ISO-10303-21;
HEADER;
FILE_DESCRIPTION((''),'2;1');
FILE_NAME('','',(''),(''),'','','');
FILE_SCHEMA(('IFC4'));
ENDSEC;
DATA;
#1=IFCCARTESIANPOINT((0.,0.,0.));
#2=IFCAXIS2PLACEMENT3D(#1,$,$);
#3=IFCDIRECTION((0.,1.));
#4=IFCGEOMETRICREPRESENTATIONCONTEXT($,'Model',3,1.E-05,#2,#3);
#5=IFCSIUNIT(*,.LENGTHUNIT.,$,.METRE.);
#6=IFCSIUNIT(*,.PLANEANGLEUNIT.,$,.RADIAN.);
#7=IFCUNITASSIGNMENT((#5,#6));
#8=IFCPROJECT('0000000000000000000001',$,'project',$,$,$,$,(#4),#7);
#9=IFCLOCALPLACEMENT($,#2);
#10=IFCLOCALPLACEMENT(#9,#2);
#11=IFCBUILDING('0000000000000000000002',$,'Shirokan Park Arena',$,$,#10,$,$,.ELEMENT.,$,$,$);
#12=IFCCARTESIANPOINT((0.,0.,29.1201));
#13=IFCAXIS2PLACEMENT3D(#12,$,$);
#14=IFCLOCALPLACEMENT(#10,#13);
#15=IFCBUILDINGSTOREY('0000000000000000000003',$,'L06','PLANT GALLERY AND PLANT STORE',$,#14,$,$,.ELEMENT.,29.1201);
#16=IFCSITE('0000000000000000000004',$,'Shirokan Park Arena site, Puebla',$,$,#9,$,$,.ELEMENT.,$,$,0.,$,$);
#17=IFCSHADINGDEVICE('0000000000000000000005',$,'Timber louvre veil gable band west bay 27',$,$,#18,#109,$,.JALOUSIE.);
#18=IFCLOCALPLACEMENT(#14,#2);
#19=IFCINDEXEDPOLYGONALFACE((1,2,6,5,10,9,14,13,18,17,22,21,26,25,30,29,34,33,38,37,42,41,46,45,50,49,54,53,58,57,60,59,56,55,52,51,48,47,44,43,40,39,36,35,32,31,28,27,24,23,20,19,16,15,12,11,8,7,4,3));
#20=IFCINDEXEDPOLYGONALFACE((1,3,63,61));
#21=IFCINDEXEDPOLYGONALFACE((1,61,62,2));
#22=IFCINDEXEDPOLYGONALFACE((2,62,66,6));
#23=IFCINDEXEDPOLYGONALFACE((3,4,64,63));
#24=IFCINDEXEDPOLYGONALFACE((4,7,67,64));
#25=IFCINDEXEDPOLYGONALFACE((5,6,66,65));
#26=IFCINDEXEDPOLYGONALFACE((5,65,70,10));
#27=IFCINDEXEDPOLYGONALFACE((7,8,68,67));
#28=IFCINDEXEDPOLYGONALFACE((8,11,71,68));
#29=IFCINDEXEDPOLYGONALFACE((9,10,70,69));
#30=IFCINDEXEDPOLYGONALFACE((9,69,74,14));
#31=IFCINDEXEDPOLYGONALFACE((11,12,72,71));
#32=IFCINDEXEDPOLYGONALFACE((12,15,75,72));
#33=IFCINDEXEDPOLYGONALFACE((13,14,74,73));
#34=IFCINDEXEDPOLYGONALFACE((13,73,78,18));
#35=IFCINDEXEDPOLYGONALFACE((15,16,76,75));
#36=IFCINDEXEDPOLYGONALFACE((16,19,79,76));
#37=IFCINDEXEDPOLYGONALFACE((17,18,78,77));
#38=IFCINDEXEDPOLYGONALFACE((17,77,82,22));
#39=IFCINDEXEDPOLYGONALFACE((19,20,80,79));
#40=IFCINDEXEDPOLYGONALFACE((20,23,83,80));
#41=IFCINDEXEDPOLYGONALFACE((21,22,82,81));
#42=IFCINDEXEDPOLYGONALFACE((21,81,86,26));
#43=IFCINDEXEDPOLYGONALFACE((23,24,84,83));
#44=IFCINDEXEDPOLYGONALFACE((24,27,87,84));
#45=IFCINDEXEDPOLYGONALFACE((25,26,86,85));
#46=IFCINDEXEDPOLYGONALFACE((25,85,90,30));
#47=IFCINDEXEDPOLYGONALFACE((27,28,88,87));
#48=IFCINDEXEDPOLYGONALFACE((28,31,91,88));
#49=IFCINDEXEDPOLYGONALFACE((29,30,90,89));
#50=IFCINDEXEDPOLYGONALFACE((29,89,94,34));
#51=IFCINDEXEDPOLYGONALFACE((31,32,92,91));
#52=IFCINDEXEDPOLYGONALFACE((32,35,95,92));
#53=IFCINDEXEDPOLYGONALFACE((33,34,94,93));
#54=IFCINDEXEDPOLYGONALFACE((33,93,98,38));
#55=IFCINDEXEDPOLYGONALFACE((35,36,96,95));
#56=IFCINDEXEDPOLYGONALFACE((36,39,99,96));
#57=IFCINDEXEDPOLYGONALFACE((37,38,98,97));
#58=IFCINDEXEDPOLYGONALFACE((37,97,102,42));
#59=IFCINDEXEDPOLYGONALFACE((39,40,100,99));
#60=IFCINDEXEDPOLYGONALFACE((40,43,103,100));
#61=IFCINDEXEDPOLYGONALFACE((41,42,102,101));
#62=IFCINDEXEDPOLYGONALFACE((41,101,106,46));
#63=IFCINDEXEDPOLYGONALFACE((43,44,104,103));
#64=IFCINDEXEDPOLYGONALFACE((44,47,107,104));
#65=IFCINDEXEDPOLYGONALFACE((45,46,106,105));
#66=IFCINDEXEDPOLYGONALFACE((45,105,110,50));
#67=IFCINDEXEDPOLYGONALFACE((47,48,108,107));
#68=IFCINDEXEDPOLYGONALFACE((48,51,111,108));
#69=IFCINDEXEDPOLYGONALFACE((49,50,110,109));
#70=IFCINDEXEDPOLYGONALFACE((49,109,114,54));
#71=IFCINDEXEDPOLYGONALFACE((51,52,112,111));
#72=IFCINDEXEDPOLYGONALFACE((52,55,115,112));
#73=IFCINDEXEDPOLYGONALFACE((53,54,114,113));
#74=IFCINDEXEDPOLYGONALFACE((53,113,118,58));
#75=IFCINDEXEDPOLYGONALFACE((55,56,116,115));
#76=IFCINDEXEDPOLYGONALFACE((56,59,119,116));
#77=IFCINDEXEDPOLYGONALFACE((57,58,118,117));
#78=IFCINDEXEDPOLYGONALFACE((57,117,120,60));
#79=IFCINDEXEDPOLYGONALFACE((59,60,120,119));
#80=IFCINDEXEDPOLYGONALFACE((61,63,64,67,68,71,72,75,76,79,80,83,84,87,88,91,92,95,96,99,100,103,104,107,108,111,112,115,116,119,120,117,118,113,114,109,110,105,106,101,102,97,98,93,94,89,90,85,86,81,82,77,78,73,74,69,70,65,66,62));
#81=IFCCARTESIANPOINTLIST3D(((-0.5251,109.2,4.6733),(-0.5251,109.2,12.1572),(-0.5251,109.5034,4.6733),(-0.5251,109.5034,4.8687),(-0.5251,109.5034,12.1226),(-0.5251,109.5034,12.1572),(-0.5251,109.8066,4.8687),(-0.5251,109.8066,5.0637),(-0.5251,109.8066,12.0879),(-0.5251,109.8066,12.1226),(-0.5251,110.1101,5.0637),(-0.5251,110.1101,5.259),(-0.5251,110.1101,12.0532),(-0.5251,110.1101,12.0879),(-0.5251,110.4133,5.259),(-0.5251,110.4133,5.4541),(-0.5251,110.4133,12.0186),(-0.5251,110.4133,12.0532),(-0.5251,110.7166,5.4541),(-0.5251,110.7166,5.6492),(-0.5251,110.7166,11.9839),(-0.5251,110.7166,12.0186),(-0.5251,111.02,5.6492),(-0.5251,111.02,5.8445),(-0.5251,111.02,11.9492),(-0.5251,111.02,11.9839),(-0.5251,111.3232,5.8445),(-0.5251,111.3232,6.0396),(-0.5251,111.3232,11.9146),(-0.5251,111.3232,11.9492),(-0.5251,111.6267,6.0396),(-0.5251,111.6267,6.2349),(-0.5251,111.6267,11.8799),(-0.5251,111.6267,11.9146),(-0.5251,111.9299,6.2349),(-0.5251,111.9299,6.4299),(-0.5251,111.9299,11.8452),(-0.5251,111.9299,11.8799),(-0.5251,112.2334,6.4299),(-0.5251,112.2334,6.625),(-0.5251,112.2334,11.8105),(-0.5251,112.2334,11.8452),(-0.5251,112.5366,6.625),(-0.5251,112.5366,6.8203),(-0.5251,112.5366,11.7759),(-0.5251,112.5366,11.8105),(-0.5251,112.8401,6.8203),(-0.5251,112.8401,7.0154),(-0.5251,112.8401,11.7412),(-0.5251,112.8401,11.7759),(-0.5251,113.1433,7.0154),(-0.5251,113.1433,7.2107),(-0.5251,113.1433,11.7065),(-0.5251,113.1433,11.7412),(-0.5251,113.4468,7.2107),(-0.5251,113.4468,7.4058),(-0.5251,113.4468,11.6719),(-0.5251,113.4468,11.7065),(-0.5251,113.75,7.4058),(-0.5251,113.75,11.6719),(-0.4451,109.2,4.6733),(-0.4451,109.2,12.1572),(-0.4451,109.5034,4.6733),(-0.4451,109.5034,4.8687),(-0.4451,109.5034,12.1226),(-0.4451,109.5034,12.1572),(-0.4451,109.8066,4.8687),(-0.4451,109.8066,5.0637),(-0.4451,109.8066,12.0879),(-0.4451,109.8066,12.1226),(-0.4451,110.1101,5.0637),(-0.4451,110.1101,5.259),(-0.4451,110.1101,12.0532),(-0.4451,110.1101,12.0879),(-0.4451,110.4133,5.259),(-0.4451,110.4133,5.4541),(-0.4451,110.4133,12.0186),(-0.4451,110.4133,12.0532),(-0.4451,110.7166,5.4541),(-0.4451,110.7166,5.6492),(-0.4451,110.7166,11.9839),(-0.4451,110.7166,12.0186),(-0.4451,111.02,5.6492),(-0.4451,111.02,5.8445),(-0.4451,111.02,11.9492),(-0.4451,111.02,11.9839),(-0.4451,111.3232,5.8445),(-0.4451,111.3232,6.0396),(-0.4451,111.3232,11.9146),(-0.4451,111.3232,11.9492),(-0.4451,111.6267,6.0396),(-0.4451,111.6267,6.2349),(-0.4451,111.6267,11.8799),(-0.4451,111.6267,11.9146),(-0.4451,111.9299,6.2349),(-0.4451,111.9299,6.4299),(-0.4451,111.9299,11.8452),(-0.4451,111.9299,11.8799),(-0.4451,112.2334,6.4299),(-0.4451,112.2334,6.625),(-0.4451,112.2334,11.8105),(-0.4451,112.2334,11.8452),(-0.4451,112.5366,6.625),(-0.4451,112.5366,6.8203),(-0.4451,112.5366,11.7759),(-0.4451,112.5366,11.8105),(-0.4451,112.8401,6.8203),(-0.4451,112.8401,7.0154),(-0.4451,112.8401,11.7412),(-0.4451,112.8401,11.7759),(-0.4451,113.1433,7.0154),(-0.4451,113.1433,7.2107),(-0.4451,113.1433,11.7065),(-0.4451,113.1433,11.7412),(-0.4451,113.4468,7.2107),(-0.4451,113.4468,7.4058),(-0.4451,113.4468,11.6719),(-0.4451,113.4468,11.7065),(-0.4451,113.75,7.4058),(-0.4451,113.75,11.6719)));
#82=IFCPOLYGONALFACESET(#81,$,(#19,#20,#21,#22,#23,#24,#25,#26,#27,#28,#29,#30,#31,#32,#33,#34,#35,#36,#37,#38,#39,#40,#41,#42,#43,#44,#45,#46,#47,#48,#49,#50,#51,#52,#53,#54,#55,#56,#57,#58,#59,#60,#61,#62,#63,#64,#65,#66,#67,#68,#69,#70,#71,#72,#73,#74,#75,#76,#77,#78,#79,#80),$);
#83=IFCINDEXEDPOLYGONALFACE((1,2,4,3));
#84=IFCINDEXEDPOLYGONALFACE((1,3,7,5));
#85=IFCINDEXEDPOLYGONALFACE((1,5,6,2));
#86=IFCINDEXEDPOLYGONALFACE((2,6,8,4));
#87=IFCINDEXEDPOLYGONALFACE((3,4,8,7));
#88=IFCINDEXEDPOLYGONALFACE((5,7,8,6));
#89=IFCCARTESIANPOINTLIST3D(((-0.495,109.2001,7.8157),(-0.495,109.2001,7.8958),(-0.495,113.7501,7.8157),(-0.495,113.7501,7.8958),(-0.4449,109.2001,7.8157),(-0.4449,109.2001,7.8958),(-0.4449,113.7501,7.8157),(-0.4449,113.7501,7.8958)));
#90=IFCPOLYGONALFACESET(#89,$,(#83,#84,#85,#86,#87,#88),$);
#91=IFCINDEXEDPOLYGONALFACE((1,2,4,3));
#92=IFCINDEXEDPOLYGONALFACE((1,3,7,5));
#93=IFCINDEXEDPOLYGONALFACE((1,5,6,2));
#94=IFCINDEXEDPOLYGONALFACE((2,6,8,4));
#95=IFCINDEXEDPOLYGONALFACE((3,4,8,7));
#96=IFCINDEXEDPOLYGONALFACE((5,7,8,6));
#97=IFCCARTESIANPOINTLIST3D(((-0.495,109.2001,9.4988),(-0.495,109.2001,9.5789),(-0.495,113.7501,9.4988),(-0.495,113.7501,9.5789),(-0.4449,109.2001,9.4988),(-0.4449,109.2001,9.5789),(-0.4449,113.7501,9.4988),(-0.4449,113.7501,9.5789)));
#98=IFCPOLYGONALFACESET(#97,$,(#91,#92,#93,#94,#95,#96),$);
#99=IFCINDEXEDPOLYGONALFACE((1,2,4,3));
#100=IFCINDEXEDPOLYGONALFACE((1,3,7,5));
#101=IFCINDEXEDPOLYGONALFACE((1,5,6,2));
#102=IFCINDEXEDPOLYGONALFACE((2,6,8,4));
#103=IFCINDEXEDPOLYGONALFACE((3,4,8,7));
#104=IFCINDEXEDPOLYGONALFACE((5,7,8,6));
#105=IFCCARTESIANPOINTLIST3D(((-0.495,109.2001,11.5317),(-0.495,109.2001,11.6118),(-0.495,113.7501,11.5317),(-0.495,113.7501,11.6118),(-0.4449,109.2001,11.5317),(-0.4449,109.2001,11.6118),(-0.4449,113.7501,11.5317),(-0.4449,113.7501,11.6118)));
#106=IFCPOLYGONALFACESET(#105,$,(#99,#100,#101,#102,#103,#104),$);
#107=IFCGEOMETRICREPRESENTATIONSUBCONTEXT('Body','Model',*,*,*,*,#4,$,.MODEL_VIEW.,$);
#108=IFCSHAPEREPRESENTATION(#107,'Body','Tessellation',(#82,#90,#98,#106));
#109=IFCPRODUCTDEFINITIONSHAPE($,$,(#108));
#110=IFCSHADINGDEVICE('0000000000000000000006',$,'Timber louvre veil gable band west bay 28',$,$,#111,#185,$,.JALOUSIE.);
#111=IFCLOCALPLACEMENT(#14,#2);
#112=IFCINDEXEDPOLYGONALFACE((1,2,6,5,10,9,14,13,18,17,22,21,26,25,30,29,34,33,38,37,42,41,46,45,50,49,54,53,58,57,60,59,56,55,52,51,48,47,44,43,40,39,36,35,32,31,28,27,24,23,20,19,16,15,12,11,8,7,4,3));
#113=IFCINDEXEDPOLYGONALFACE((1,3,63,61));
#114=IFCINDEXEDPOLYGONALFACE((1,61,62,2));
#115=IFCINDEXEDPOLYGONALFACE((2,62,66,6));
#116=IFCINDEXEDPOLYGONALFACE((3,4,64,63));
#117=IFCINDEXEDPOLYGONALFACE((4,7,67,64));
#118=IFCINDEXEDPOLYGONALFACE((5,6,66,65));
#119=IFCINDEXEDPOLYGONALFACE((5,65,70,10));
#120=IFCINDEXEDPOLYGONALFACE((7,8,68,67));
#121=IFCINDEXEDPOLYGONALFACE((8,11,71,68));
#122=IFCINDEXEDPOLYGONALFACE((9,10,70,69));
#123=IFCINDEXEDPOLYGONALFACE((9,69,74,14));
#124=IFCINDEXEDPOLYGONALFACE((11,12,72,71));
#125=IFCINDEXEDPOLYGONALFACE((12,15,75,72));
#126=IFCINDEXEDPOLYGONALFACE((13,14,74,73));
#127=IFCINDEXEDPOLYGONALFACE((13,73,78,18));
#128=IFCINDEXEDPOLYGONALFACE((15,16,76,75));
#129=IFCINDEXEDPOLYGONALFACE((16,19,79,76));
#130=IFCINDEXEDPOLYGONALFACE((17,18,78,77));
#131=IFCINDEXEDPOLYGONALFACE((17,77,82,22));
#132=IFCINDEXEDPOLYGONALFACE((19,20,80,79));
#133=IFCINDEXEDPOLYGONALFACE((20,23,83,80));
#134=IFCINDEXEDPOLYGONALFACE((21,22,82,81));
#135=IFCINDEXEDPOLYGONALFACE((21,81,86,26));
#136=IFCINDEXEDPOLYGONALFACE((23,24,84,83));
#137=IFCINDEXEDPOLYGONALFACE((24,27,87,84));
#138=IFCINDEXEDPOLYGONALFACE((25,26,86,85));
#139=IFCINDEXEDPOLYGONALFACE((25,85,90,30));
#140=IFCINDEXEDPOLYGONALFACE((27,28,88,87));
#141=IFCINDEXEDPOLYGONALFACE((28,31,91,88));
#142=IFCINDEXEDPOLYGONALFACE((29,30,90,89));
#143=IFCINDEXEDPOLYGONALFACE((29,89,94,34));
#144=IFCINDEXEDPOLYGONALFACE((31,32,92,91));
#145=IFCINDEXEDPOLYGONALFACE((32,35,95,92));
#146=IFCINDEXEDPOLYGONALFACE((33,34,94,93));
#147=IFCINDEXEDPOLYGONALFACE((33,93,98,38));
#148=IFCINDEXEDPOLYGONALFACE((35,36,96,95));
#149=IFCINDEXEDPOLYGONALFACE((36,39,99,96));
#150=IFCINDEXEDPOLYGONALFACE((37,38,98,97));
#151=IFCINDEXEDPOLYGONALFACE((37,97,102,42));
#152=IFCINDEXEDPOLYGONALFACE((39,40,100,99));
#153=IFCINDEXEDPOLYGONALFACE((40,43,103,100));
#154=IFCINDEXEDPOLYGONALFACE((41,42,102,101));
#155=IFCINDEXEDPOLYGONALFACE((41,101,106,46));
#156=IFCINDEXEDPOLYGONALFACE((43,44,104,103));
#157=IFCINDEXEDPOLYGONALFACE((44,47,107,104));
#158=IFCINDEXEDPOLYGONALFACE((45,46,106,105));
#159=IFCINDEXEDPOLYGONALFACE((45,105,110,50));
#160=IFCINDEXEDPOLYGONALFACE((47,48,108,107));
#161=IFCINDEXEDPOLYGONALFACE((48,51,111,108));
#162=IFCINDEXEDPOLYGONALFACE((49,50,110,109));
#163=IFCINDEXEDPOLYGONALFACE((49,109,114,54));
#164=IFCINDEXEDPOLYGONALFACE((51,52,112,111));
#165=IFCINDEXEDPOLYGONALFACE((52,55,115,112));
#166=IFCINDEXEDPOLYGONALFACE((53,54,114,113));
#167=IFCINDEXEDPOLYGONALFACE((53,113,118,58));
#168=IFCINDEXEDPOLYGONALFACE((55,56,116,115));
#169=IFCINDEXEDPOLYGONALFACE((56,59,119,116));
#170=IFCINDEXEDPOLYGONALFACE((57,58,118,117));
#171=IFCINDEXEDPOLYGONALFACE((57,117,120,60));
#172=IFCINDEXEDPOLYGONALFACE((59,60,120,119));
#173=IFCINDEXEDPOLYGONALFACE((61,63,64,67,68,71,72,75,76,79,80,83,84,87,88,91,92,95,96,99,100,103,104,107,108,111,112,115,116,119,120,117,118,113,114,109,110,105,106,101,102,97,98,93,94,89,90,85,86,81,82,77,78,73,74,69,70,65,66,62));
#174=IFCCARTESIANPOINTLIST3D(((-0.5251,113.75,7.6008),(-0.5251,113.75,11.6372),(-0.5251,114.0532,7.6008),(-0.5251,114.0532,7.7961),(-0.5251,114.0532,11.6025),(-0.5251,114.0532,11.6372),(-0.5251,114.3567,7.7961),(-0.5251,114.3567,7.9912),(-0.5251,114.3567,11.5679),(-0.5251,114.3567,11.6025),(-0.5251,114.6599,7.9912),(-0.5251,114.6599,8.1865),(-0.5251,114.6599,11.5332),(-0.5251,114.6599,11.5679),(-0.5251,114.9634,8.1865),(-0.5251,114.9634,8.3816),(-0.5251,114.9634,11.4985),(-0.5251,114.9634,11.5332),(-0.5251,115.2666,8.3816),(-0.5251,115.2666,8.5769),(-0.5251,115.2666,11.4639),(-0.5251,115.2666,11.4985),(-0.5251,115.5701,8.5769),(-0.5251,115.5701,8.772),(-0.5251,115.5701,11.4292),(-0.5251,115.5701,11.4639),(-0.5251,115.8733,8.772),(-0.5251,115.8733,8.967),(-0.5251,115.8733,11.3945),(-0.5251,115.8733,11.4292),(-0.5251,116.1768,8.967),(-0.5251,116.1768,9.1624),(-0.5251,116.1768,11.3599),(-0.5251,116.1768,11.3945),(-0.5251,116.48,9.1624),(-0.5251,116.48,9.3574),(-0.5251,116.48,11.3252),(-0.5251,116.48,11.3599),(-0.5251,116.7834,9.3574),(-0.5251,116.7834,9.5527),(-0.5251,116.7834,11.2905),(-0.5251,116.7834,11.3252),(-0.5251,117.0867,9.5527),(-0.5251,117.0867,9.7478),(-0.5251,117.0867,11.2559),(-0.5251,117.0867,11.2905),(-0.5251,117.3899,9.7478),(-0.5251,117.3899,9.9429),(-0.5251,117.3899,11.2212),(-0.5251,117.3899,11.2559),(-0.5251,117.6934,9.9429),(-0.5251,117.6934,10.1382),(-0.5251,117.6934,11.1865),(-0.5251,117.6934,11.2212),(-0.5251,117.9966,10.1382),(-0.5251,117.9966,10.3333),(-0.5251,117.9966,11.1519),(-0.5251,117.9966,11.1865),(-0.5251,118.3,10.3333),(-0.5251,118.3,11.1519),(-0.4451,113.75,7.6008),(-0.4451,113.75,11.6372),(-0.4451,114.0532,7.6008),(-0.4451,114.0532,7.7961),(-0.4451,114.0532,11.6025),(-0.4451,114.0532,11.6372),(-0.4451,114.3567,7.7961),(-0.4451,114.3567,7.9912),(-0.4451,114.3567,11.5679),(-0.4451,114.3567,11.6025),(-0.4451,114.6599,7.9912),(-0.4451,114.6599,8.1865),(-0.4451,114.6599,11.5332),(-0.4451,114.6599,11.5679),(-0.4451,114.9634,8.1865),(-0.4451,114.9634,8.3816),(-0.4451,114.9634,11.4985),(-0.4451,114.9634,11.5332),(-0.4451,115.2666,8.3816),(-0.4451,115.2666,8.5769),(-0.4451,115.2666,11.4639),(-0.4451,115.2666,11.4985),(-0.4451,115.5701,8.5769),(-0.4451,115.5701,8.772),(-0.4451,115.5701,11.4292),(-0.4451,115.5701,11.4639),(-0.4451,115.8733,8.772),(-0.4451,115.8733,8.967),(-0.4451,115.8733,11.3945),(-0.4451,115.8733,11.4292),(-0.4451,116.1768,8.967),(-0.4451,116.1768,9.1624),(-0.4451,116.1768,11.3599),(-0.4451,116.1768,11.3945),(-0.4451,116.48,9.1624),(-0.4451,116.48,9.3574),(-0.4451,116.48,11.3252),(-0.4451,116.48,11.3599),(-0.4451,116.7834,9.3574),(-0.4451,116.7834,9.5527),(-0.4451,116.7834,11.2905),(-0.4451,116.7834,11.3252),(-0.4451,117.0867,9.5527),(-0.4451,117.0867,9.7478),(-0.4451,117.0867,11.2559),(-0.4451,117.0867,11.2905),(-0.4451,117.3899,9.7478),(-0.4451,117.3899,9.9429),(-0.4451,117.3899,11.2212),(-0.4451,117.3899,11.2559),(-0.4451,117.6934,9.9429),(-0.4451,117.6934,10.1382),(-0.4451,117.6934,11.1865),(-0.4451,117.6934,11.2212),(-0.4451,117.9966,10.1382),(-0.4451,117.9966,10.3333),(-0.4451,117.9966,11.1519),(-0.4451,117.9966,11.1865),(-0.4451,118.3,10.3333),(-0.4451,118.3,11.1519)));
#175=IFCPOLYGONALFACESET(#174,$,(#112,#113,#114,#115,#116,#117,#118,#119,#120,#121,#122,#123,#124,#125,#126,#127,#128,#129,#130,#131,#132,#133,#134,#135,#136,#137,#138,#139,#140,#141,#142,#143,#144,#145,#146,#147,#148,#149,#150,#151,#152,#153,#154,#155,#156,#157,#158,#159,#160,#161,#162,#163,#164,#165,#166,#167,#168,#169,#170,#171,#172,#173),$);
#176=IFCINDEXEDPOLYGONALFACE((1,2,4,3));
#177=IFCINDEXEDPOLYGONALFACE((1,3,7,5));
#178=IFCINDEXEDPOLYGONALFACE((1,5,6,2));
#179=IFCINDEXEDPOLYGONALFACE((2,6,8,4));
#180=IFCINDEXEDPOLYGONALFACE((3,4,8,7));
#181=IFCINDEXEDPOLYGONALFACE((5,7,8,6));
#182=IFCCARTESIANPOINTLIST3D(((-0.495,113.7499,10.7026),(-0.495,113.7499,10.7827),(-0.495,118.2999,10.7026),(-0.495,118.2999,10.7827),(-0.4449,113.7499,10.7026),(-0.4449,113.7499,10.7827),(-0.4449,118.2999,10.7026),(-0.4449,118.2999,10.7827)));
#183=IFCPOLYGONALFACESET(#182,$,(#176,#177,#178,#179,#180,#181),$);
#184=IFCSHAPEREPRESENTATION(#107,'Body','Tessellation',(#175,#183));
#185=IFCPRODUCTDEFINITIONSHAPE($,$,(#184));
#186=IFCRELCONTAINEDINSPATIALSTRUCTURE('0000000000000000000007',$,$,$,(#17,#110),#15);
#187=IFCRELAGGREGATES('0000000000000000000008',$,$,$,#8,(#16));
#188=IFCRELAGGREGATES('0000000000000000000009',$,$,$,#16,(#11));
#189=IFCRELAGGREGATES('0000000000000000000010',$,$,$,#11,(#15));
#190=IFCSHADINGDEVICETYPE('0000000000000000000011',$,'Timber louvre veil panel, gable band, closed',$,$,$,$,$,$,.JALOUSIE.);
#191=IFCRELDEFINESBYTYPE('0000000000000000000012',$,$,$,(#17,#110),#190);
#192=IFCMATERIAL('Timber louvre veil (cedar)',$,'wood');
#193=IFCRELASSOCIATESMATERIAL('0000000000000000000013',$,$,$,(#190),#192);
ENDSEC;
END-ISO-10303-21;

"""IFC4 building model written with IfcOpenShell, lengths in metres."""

from ifc_helpers import new_model, si_unit, direction, frame, origin, origin_2d, place, context, subcontext, project, spatial, polyline, rectangle, outline, extrude, material, type_object, element, save


model = new_model("IFC4")

# Units and contexts
model_context = context("Model", 3, precision=1e-05, world=origin(), true_north=direction((0.0, 1.0)))
body_context = subcontext(model_context, "Body", "Model", "MODEL_VIEW")
ifc_project = project(units=[si_unit("LENGTHUNIT", "METRE"), si_unit("PLANEANGLEUNIT", "RADIAN")], contexts=[model_context])

# Site, building, storey
site_placement = place(None, origin())
site = spatial("IfcSite", under=ifc_project, at=site_placement, Name="Shirokan Park Arena site, Puebla", CompositionType="ELEMENT", RefElevation=0.0)
building_placement = place(site_placement, origin())
building = spatial("IfcBuilding", under=site, at=building_placement, Name="Shirokan Park Arena", CompositionType="ELEMENT")
storey_placement = place(building_placement, frame((0.0, 0.0, 29.1201)))
storey = spatial("IfcBuildingStorey", under=building, at=storey_placement, Name="L06", Description="PLANT GALLERY AND PLANT STORE", CompositionType="ELEMENT", Elevation=29.1201)

# Shading devices
ifc_material = material(Name="Timber louvre veil (cedar)", Category="wood")
shading_device_type_1 = type_object("IfcShadingDeviceType", Name="Timber louvre veil panel, gable band, closed", PredefinedType="JALOUSIE", material=ifc_material)
shading_device_1_placement = place(storey_placement, origin())
element("IfcShadingDevice", 1, at=shading_device_1_placement, inside=storey, type_object=shading_device_type_1, Name="Timber louvre veil gable band west bay 27", PredefinedType="JALOUSIE", context=body_context, shape_type="SweptSolid", body=[
    extrude(outline(polyline([(109.2, 12.1572), (109.2, 4.6733), (109.5034, 4.6733), (109.5034, 4.8687), (109.8066, 4.8687), (109.8066, 5.0637), (110.1101, 5.0637), (110.1101, 5.259), (110.4133, 5.259), (110.4133, 5.4541), (110.7166, 5.4541), (110.7166, 5.6492), (111.02, 5.6492), (111.02, 5.8445), (111.3232, 5.8445), (111.3232, 6.0396), (111.6267, 6.0396), (111.6267, 6.2349), (111.9299, 6.2349), (111.9299, 6.4299), (112.2334, 6.4299), (112.2334, 6.625), (112.5366, 6.625), (112.5366, 6.8203), (112.8401, 6.8203), (112.8401, 7.0154), (113.1433, 7.0154), (113.1433, 7.2107), (113.4468, 7.2107), (113.4468, 7.4058), (113.75, 7.4058), (113.75, 11.6719), (113.4468, 11.6719), (113.4468, 11.7065), (113.1433, 11.7065), (113.1433, 11.7412), (112.8401, 11.7412), (112.8401, 11.7759), (112.5366, 11.7759), (112.5366, 11.8105), (112.2334, 11.8105), (112.2334, 11.8452), (111.9299, 11.8452), (111.9299, 11.8799), (111.6267, 11.8799), (111.6267, 11.9146), (111.3232, 11.9146), (111.3232, 11.9492), (111.02, 11.9492), (111.02, 11.9839), (110.7166, 11.9839), (110.7166, 12.0186), (110.4133, 12.0186), (110.4133, 12.0532), (110.1101, 12.0532), (110.1101, 12.0879), (109.8066, 12.0879), (109.8066, 12.1226), (109.5034, 12.1226), (109.5034, 12.1572), (109.2, 12.1572)])), frame((-0.5251, 0.0, 0.0), z_axis=(1.0, 0.0, 0.0), x_axis=(0.0, 1.0, 0.0)), (0.0, 0.0, 1.0), 0.0801),
    extrude(rectangle(XDim=0.05, YDim=4.55, at=origin_2d()), frame((-0.47, 111.4751, 7.8157), z_axis=(0.0, 0.0, 1.0), x_axis=(1.0, 0.0, 0.0)), (0.0, 0.0, 1.0), 0.0801),
    extrude(rectangle(XDim=0.05, YDim=4.55, at=origin_2d()), frame((-0.47, 111.4751, 9.4988), z_axis=(0.0, 0.0, 1.0), x_axis=(1.0, 0.0, 0.0)), (0.0, 0.0, 1.0), 0.0801),
    extrude(rectangle(XDim=0.05, YDim=4.55, at=origin_2d()), frame((-0.47, 111.4751, 11.5317), z_axis=(0.0, 0.0, 1.0), x_axis=(1.0, 0.0, 0.0)), (0.0, 0.0, 1.0), 0.0801),
])
shading_device_2_placement = place(storey_placement, origin())
element("IfcShadingDevice", 2, at=shading_device_2_placement, inside=storey, type_object=shading_device_type_1, Name="Timber louvre veil gable band west bay 28", PredefinedType="JALOUSIE", context=body_context, shape_type="SweptSolid", body=[
    extrude(outline(polyline([(113.75, 11.6372), (113.75, 7.6008), (114.0532, 7.6008), (114.0532, 7.7961), (114.3567, 7.7961), (114.3567, 7.9912), (114.6599, 7.9912), (114.6599, 8.1865), (114.9634, 8.1865), (114.9634, 8.3816), (115.2666, 8.3816), (115.2666, 8.5769), (115.5701, 8.5769), (115.5701, 8.772), (115.8733, 8.772), (115.8733, 8.967), (116.1768, 8.967), (116.1768, 9.1624), (116.48, 9.1624), (116.48, 9.3574), (116.7834, 9.3574), (116.7834, 9.5527), (117.0867, 9.5527), (117.0867, 9.7478), (117.3899, 9.7478), (117.3899, 9.9429), (117.6934, 9.9429), (117.6934, 10.1382), (117.9966, 10.1382), (117.9966, 10.3333), (118.3, 10.3333), (118.3, 11.1519), (117.9966, 11.1519), (117.9966, 11.1865), (117.6934, 11.1865), (117.6934, 11.2212), (117.3899, 11.2212), (117.3899, 11.2559), (117.0867, 11.2559), (117.0867, 11.2905), (116.7834, 11.2905), (116.7834, 11.3252), (116.48, 11.3252), (116.48, 11.3599), (116.1768, 11.3599), (116.1768, 11.3945), (115.8733, 11.3945), (115.8733, 11.4292), (115.5701, 11.4292), (115.5701, 11.4639), (115.2666, 11.4639), (115.2666, 11.4985), (114.9634, 11.4985), (114.9634, 11.5332), (114.6599, 11.5332), (114.6599, 11.5679), (114.3567, 11.5679), (114.3567, 11.6025), (114.0532, 11.6025), (114.0532, 11.6372), (113.75, 11.6372)])), frame((-0.5251, 0.0, 0.0), z_axis=(1.0, 0.0, 0.0), x_axis=(0.0, 1.0, 0.0)), (0.0, 0.0, 1.0), 0.0801),
    extrude(rectangle(XDim=0.05, YDim=4.55, at=origin_2d()), frame((-0.47, 116.0249, 10.7026), z_axis=(0.0, 0.0, 1.0), x_axis=(1.0, 0.0, 0.0)), (0.0, 0.0, 1.0), 0.0801),
])

save(model, "model.ifc")
